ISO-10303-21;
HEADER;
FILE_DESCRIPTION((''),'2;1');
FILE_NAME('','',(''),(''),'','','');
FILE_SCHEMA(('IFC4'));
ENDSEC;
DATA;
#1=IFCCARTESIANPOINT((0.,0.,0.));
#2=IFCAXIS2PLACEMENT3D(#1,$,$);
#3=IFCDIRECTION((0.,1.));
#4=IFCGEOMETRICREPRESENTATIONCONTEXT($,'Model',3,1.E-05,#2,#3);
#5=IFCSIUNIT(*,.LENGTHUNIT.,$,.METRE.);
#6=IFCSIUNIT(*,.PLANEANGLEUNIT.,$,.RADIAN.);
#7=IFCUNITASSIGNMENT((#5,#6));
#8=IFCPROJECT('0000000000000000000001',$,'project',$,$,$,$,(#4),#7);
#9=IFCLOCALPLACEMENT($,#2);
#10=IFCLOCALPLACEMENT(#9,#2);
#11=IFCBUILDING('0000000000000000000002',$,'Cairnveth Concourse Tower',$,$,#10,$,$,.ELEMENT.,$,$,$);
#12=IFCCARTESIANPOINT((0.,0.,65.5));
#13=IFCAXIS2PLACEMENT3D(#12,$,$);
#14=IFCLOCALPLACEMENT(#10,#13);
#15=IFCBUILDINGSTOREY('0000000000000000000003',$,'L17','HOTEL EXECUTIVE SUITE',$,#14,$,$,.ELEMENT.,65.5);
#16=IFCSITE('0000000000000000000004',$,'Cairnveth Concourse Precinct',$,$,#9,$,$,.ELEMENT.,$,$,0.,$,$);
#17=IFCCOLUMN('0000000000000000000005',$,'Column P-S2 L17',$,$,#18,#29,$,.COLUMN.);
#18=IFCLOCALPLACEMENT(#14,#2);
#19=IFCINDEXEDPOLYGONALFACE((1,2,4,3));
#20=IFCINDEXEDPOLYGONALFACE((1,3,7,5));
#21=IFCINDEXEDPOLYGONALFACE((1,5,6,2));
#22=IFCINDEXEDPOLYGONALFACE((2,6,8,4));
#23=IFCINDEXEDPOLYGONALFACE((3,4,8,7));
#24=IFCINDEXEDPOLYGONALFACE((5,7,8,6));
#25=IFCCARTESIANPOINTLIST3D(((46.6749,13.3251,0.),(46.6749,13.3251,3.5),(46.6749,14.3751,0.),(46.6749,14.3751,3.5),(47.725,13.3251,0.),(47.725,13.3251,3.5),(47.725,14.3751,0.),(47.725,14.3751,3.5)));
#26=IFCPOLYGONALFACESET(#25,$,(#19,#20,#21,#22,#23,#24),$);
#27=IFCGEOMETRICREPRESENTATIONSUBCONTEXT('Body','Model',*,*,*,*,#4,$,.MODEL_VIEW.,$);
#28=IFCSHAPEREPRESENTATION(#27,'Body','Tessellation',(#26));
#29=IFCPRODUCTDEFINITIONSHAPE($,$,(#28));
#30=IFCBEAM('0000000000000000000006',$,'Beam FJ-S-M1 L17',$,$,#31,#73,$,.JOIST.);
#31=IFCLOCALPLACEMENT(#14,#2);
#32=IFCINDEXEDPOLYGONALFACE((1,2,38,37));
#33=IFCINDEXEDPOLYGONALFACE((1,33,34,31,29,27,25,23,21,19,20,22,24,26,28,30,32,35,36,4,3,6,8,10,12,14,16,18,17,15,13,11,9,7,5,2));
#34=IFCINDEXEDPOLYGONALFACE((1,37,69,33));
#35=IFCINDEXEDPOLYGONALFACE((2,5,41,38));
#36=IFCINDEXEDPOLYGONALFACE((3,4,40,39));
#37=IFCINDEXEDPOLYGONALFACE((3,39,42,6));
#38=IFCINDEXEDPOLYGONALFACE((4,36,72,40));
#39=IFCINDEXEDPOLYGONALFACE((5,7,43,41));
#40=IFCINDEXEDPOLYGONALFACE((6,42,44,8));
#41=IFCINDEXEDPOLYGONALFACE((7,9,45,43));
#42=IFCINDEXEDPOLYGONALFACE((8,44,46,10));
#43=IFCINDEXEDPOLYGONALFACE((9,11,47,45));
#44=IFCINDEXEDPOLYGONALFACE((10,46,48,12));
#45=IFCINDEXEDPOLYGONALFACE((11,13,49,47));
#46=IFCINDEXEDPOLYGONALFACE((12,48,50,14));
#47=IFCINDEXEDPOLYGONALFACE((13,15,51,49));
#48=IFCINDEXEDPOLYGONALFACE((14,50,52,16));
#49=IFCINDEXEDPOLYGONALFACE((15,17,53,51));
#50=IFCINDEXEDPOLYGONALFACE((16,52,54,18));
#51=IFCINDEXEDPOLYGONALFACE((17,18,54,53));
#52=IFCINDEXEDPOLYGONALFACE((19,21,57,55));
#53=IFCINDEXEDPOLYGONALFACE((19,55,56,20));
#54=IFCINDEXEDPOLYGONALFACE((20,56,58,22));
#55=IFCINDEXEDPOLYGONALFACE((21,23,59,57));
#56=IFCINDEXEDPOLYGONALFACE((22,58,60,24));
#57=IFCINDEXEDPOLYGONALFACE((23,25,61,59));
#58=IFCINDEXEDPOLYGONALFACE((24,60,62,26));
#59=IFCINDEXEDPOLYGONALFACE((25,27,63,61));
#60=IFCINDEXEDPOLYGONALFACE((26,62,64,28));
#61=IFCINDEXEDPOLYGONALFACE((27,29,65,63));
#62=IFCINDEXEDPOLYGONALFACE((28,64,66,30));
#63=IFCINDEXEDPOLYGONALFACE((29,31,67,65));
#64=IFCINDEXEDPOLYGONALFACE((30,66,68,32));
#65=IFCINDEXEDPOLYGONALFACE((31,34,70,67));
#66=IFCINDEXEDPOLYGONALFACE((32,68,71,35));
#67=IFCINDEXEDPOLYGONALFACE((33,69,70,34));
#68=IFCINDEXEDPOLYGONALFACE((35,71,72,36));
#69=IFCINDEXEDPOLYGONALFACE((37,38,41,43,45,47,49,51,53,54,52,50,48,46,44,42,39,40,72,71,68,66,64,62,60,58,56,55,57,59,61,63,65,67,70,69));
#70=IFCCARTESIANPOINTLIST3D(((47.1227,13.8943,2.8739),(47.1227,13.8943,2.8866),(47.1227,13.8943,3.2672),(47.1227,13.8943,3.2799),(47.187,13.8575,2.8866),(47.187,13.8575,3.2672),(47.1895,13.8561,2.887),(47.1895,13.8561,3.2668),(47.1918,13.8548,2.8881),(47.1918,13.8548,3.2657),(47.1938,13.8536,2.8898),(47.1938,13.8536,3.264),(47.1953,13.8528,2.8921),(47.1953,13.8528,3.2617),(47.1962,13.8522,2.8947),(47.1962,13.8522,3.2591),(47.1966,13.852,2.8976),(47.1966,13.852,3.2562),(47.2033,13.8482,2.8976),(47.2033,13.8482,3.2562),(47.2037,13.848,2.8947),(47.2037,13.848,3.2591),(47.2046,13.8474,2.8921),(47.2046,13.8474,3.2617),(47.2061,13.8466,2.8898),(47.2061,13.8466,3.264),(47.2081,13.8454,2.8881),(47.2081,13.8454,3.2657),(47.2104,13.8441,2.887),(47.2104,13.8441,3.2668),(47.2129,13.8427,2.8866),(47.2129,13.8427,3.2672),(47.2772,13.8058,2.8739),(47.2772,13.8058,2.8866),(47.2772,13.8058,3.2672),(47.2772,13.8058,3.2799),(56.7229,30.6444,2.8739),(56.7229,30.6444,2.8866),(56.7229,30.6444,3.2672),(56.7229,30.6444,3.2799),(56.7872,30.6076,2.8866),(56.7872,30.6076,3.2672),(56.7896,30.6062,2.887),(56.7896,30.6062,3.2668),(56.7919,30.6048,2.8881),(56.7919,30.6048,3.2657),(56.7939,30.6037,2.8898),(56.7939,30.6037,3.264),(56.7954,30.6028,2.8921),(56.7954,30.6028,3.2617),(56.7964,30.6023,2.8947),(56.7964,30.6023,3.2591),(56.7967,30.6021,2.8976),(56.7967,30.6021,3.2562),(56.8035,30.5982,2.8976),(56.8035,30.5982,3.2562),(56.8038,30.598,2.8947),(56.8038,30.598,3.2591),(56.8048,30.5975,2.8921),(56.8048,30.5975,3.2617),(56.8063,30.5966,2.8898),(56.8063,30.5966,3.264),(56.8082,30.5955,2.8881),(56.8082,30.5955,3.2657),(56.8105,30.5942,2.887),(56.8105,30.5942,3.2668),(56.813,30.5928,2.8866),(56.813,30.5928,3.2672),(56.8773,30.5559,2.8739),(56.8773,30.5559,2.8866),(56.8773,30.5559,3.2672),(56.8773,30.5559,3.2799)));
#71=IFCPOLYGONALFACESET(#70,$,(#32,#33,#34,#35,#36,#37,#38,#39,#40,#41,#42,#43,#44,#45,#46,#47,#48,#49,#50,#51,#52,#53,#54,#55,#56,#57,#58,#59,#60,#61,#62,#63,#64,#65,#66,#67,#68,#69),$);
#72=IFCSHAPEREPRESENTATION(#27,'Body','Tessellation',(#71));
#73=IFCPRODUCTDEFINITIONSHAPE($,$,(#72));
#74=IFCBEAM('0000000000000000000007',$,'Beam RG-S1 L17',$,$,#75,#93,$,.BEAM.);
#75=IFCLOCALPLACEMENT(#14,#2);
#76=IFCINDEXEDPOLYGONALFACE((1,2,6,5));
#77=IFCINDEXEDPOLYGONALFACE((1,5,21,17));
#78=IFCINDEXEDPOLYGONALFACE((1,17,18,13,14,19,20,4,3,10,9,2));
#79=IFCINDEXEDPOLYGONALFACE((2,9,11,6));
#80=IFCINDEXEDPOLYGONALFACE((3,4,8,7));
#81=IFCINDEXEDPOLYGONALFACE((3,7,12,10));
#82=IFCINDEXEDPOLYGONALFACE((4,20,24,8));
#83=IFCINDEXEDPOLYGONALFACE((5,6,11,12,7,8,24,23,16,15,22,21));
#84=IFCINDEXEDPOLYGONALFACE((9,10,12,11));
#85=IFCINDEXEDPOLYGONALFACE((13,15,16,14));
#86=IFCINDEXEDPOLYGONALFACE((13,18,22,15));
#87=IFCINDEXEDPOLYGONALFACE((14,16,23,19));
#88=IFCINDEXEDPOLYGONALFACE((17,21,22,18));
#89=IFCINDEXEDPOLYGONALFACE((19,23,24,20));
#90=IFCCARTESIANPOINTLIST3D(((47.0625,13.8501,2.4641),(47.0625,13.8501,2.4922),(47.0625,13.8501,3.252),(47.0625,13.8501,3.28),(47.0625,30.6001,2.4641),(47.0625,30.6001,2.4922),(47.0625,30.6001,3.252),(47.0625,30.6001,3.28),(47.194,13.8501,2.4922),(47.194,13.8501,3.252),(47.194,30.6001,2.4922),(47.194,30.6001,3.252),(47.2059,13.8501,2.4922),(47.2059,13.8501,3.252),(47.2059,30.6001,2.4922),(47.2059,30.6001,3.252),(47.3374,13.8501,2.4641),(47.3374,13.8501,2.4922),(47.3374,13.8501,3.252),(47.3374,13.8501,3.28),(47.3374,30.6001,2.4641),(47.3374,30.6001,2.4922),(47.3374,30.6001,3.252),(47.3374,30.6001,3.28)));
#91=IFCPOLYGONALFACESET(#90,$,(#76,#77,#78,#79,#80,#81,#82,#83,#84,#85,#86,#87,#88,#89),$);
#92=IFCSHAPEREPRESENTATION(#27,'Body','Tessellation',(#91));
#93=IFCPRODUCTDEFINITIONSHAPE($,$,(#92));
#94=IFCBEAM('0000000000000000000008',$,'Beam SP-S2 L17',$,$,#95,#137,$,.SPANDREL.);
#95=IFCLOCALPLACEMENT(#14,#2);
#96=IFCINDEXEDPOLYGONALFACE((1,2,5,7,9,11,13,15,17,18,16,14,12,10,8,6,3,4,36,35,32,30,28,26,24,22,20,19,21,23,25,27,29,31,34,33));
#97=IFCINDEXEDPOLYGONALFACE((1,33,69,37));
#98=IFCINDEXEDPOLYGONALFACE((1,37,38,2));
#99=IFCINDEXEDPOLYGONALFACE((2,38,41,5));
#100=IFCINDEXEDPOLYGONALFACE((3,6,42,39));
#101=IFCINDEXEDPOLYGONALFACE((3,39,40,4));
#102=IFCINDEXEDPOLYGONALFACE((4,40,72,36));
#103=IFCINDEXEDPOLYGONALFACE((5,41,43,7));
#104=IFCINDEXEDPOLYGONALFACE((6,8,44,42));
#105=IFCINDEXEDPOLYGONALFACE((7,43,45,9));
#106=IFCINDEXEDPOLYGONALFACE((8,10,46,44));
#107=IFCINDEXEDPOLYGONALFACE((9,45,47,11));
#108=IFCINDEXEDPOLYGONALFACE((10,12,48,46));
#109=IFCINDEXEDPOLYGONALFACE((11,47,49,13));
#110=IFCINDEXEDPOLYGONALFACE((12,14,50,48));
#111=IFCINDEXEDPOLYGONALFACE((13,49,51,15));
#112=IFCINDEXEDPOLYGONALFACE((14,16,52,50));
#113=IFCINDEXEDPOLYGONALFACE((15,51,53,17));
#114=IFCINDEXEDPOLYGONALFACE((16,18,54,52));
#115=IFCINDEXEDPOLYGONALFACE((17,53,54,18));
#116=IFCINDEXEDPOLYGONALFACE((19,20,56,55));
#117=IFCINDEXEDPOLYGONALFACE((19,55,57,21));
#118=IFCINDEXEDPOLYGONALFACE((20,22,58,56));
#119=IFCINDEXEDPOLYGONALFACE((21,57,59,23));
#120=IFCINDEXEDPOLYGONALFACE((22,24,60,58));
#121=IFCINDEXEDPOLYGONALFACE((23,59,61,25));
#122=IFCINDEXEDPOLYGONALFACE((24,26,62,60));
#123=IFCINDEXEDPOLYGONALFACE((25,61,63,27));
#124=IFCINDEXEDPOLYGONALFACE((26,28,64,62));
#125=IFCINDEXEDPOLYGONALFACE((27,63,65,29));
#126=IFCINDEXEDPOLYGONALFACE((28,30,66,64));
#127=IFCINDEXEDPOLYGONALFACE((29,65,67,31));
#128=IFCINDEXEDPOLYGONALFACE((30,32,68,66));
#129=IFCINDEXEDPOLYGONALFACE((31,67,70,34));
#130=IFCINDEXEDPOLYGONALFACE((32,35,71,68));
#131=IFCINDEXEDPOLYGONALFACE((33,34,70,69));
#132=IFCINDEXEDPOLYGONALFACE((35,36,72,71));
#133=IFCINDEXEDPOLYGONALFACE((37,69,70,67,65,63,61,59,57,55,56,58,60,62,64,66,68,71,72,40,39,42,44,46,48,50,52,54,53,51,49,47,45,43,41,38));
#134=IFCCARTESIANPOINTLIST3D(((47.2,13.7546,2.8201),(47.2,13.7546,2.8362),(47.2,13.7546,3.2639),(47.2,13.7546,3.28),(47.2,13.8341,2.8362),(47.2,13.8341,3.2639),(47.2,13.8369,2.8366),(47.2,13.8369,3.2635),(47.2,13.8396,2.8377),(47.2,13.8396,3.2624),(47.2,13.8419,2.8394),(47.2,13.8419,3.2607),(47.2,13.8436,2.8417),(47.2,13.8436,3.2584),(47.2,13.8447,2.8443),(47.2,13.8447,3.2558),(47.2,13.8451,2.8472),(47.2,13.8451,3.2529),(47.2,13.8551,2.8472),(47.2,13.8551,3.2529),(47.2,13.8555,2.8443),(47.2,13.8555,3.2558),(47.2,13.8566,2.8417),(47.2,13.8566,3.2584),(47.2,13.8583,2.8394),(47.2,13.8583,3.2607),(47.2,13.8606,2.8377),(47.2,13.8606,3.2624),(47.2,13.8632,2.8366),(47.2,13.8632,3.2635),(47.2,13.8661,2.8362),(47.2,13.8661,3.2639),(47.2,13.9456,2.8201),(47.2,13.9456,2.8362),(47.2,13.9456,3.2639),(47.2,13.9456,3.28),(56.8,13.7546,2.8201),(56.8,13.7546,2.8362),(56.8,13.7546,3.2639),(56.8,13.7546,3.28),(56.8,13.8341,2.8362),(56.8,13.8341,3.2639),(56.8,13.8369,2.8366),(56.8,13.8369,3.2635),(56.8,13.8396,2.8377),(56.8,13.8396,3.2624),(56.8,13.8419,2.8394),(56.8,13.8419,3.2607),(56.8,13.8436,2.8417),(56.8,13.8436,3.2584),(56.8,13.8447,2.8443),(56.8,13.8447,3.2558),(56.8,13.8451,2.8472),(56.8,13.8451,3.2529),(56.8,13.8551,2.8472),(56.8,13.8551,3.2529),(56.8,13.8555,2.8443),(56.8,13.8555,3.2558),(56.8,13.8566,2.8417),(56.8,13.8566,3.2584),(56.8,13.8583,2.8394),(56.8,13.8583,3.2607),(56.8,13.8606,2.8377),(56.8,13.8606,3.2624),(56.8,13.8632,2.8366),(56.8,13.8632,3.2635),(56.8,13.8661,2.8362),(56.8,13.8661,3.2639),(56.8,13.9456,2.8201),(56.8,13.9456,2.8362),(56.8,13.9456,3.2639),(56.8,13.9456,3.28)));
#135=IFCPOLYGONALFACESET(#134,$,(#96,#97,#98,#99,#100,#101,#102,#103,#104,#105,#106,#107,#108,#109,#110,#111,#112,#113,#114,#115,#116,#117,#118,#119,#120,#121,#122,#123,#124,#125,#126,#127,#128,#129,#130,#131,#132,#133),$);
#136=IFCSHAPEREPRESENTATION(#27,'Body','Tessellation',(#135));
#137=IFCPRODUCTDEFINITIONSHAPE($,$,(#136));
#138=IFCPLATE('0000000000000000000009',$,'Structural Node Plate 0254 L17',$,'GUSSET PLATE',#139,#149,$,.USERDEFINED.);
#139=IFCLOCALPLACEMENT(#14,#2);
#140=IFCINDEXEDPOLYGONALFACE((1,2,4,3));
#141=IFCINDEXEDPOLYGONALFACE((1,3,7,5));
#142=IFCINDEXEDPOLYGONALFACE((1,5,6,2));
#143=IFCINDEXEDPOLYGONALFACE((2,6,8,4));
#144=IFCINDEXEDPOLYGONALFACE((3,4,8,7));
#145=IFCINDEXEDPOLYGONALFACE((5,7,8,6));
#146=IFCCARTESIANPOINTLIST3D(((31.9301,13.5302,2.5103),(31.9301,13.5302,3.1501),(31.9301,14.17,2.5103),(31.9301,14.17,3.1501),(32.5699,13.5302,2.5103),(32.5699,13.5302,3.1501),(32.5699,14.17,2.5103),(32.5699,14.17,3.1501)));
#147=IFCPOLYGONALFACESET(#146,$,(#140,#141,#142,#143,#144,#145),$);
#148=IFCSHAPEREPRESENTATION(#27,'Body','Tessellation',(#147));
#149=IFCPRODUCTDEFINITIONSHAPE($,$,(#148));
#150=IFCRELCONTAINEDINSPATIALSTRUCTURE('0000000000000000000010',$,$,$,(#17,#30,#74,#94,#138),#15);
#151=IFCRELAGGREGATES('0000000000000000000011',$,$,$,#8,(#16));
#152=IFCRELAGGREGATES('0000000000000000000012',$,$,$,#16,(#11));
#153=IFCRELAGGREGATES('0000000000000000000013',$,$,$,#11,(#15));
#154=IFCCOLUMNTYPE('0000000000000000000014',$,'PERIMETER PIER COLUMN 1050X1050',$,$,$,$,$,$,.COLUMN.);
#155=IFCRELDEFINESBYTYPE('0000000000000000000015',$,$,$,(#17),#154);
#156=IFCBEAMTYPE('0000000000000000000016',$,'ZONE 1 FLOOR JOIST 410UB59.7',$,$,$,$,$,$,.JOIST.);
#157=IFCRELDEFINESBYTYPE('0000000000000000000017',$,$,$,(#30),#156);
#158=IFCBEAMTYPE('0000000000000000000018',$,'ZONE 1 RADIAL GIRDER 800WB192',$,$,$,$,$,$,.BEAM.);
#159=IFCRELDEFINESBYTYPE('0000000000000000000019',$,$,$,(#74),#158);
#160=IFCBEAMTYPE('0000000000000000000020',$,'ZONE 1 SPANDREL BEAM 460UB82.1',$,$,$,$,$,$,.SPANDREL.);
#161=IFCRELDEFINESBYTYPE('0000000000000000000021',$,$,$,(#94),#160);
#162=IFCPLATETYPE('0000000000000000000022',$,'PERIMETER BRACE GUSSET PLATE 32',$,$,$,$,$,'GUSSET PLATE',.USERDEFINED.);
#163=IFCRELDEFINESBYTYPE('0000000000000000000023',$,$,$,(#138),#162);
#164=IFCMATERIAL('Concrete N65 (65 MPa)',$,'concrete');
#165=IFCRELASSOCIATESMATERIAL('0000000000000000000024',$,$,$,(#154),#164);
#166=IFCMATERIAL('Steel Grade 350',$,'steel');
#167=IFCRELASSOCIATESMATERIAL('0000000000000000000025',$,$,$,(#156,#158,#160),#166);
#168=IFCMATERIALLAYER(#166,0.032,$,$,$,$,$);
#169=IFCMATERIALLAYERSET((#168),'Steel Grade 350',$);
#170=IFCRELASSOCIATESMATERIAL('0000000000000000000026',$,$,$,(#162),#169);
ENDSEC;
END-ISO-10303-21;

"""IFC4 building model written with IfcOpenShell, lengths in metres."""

from ifc_helpers import new_model, si_unit, direction, frame, origin, origin_2d, place, context, subcontext, project, spatial, rectangle, i_section, extrude, material, layer, layer_set, material_profile, profile_set, type_object, element, save


model = new_model("IFC4")

# Units and contexts
model_context = context("Model", 3, precision=1e-05, world=origin(), true_north=direction((0.0, 1.0)))
body_context = subcontext(model_context, "Body", "Model", "MODEL_VIEW")
ifc_project = project(units=[si_unit("LENGTHUNIT", "METRE"), si_unit("PLANEANGLEUNIT", "RADIAN")], contexts=[model_context])

# Site, building, storey
site_placement = place(None, origin())
site = spatial("IfcSite", under=ifc_project, at=site_placement, Name="Cairnveth Concourse Precinct", CompositionType="ELEMENT", RefElevation=0.0)
building_placement = place(site_placement, origin())
building = spatial("IfcBuilding", under=site, at=building_placement, Name="Cairnveth Concourse Tower", CompositionType="ELEMENT")
storey_placement = place(building_placement, frame((0.0, 0.0, 65.5)))
storey = spatial("IfcBuildingStorey", under=building, at=storey_placement, Name="L17", Description="HOTEL EXECUTIVE SUITE", CompositionType="ELEMENT", Elevation=65.5)

# Column
ifc_material_1 = material(Name="Concrete N65 (65 MPa)", Category="concrete")
ifc_material_profile_1 = material_profile(ifc_material_1, rectangle(XDim=1.05, YDim=1.05, at=origin_2d()), Name="RC-COL-1050x1050")
ifc_profile_set_1 = profile_set([ifc_material_profile_1], Name="Concrete N65 (65 MPa)")
column_type = type_object("IfcColumnType", Name="PERIMETER PIER COLUMN 1050X1050", PredefinedType="COLUMN", material=ifc_profile_set_1)
column_placement = place(storey_placement, frame((47.2, 13.8501, 0.0), z_axis=(0.0, 0.0, 1.0), x_axis=(1.0, 0.0, 0.0)))
element("IfcColumn", 1, at=column_placement, inside=storey, type_object=column_type, Name="Column P-S2 L17", PredefinedType="COLUMN", context=body_context, shape_type="SweptSolid", body=[
    extrude(rectangle(XDim=1.05, YDim=1.05, at=origin_2d()), origin(), (0.0, 0.0, 1.0), 3.5),
])

# Beams
ifc_material_2 = material(Name="Steel Grade 350", Category="steel")
ifc_material_profile_2 = material_profile(ifc_material_2, i_section(OverallWidth=0.178, OverallDepth=0.406, WebThickness=0.0078, FlangeThickness=0.0127, FilletRadius=0.011, at=origin_2d()), Name="410UB59.7")
ifc_profile_set_2 = profile_set([ifc_material_profile_2], Name="Steel Grade 350")
beam_type_1 = type_object("IfcBeamType", Name="ZONE 1 FLOOR JOIST 410UB59.7", PredefinedType="JOIST", material=ifc_profile_set_2)
beam_1_placement = place(storey_placement, frame((47.2, 13.8501, 3.0769), z_axis=(0.497258, 0.867603, 0.0), x_axis=(-0.867603, 0.497258, 0.0)))
element("IfcBeam", 2, at=beam_1_placement, inside=storey, type_object=beam_type_1, Name="Beam FJ-S-M1 L17", PredefinedType="JOIST", context=body_context, shape_type="SweptSolid", body=[
    extrude(i_section(OverallWidth=0.178, OverallDepth=0.406, WebThickness=0.0078, FlangeThickness=0.0127, FilletRadius=0.011, at=origin_2d()), origin(), (0.0, 0.0, 1.0), 19.3062),
])
ifc_material_profile_3 = material_profile(ifc_material_2, i_section(OverallWidth=0.2749, OverallDepth=0.8159, WebThickness=0.012, FlangeThickness=0.0281, at=origin_2d()), Name="800WB192")
ifc_profile_set_3 = profile_set([ifc_material_profile_3], Name="Steel Grade 350")
beam_type_2 = type_object("IfcBeamType", Name="ZONE 1 RADIAL GIRDER 800WB192", PredefinedType="BEAM", material=ifc_profile_set_3)
beam_2_placement = place(storey_placement, frame((47.2, 13.8501, 2.8721), z_axis=(0.0, 1.0, 0.0), x_axis=(-1.0, 0.0, 0.0)))
element("IfcBeam", 3, at=beam_2_placement, inside=storey, type_object=beam_type_2, Name="Beam RG-S1 L17", PredefinedType="BEAM", context=body_context, shape_type="SweptSolid", body=[
    extrude(i_section(OverallWidth=0.2749, OverallDepth=0.8159, WebThickness=0.012, FlangeThickness=0.0281, at=origin_2d()), origin(), (0.0, 0.0, 1.0), 16.75),
])
ifc_material_profile_4 = material_profile(ifc_material_2, i_section(OverallWidth=0.1909, OverallDepth=0.46, WebThickness=0.01, FlangeThickness=0.0161, FilletRadius=0.011, at=origin_2d()), Name="460UB82.1")
ifc_profile_set_4 = profile_set([ifc_material_profile_4], Name="Steel Grade 350")
beam_type_3 = type_object("IfcBeamType", Name="ZONE 1 SPANDREL BEAM 460UB82.1", PredefinedType="SPANDREL", material=ifc_profile_set_4)
beam_3_placement = place(storey_placement, frame((47.2, 13.8501, 3.05), z_axis=(1.0, 0.0, 0.0), x_axis=(0.0, 1.0, 0.0)))
element("IfcBeam", 4, at=beam_3_placement, inside=storey, type_object=beam_type_3, Name="Beam SP-S2 L17", PredefinedType="SPANDREL", context=body_context, shape_type="SweptSolid", body=[
    extrude(i_section(OverallWidth=0.1909, OverallDepth=0.46, WebThickness=0.01, FlangeThickness=0.0161, FilletRadius=0.011, at=origin_2d()), origin(), (0.0, 0.0, 1.0), 9.6001),
])

# Plate
ifc_layer_1 = layer(ifc_material_2, 0.032)
ifc_layer_set_1 = layer_set([ifc_layer_1], Name="Steel Grade 350")
plate_type = type_object("IfcPlateType", Name="PERIMETER BRACE GUSSET PLATE 32", ElementType="GUSSET PLATE", PredefinedType="USERDEFINED", material=ifc_layer_set_1)
plate_placement = place(storey_placement, frame((32.25, 13.8501, 2.5103), z_axis=(0.0, 0.0, 1.0), x_axis=(1.0, 0.0, 0.0)))
element("IfcPlate", 5, at=plate_placement, inside=storey, type_object=plate_type, Name="Structural Node Plate 0254 L17", ObjectType="GUSSET PLATE", PredefinedType="USERDEFINED", context=body_context, shape_type="SweptSolid", body=[
    extrude(rectangle(XDim=0.6399, YDim=0.6399, at=origin_2d()), origin(), (0.0, 0.0, 1.0), 0.6399),
])

save(model, "model.ifc")
